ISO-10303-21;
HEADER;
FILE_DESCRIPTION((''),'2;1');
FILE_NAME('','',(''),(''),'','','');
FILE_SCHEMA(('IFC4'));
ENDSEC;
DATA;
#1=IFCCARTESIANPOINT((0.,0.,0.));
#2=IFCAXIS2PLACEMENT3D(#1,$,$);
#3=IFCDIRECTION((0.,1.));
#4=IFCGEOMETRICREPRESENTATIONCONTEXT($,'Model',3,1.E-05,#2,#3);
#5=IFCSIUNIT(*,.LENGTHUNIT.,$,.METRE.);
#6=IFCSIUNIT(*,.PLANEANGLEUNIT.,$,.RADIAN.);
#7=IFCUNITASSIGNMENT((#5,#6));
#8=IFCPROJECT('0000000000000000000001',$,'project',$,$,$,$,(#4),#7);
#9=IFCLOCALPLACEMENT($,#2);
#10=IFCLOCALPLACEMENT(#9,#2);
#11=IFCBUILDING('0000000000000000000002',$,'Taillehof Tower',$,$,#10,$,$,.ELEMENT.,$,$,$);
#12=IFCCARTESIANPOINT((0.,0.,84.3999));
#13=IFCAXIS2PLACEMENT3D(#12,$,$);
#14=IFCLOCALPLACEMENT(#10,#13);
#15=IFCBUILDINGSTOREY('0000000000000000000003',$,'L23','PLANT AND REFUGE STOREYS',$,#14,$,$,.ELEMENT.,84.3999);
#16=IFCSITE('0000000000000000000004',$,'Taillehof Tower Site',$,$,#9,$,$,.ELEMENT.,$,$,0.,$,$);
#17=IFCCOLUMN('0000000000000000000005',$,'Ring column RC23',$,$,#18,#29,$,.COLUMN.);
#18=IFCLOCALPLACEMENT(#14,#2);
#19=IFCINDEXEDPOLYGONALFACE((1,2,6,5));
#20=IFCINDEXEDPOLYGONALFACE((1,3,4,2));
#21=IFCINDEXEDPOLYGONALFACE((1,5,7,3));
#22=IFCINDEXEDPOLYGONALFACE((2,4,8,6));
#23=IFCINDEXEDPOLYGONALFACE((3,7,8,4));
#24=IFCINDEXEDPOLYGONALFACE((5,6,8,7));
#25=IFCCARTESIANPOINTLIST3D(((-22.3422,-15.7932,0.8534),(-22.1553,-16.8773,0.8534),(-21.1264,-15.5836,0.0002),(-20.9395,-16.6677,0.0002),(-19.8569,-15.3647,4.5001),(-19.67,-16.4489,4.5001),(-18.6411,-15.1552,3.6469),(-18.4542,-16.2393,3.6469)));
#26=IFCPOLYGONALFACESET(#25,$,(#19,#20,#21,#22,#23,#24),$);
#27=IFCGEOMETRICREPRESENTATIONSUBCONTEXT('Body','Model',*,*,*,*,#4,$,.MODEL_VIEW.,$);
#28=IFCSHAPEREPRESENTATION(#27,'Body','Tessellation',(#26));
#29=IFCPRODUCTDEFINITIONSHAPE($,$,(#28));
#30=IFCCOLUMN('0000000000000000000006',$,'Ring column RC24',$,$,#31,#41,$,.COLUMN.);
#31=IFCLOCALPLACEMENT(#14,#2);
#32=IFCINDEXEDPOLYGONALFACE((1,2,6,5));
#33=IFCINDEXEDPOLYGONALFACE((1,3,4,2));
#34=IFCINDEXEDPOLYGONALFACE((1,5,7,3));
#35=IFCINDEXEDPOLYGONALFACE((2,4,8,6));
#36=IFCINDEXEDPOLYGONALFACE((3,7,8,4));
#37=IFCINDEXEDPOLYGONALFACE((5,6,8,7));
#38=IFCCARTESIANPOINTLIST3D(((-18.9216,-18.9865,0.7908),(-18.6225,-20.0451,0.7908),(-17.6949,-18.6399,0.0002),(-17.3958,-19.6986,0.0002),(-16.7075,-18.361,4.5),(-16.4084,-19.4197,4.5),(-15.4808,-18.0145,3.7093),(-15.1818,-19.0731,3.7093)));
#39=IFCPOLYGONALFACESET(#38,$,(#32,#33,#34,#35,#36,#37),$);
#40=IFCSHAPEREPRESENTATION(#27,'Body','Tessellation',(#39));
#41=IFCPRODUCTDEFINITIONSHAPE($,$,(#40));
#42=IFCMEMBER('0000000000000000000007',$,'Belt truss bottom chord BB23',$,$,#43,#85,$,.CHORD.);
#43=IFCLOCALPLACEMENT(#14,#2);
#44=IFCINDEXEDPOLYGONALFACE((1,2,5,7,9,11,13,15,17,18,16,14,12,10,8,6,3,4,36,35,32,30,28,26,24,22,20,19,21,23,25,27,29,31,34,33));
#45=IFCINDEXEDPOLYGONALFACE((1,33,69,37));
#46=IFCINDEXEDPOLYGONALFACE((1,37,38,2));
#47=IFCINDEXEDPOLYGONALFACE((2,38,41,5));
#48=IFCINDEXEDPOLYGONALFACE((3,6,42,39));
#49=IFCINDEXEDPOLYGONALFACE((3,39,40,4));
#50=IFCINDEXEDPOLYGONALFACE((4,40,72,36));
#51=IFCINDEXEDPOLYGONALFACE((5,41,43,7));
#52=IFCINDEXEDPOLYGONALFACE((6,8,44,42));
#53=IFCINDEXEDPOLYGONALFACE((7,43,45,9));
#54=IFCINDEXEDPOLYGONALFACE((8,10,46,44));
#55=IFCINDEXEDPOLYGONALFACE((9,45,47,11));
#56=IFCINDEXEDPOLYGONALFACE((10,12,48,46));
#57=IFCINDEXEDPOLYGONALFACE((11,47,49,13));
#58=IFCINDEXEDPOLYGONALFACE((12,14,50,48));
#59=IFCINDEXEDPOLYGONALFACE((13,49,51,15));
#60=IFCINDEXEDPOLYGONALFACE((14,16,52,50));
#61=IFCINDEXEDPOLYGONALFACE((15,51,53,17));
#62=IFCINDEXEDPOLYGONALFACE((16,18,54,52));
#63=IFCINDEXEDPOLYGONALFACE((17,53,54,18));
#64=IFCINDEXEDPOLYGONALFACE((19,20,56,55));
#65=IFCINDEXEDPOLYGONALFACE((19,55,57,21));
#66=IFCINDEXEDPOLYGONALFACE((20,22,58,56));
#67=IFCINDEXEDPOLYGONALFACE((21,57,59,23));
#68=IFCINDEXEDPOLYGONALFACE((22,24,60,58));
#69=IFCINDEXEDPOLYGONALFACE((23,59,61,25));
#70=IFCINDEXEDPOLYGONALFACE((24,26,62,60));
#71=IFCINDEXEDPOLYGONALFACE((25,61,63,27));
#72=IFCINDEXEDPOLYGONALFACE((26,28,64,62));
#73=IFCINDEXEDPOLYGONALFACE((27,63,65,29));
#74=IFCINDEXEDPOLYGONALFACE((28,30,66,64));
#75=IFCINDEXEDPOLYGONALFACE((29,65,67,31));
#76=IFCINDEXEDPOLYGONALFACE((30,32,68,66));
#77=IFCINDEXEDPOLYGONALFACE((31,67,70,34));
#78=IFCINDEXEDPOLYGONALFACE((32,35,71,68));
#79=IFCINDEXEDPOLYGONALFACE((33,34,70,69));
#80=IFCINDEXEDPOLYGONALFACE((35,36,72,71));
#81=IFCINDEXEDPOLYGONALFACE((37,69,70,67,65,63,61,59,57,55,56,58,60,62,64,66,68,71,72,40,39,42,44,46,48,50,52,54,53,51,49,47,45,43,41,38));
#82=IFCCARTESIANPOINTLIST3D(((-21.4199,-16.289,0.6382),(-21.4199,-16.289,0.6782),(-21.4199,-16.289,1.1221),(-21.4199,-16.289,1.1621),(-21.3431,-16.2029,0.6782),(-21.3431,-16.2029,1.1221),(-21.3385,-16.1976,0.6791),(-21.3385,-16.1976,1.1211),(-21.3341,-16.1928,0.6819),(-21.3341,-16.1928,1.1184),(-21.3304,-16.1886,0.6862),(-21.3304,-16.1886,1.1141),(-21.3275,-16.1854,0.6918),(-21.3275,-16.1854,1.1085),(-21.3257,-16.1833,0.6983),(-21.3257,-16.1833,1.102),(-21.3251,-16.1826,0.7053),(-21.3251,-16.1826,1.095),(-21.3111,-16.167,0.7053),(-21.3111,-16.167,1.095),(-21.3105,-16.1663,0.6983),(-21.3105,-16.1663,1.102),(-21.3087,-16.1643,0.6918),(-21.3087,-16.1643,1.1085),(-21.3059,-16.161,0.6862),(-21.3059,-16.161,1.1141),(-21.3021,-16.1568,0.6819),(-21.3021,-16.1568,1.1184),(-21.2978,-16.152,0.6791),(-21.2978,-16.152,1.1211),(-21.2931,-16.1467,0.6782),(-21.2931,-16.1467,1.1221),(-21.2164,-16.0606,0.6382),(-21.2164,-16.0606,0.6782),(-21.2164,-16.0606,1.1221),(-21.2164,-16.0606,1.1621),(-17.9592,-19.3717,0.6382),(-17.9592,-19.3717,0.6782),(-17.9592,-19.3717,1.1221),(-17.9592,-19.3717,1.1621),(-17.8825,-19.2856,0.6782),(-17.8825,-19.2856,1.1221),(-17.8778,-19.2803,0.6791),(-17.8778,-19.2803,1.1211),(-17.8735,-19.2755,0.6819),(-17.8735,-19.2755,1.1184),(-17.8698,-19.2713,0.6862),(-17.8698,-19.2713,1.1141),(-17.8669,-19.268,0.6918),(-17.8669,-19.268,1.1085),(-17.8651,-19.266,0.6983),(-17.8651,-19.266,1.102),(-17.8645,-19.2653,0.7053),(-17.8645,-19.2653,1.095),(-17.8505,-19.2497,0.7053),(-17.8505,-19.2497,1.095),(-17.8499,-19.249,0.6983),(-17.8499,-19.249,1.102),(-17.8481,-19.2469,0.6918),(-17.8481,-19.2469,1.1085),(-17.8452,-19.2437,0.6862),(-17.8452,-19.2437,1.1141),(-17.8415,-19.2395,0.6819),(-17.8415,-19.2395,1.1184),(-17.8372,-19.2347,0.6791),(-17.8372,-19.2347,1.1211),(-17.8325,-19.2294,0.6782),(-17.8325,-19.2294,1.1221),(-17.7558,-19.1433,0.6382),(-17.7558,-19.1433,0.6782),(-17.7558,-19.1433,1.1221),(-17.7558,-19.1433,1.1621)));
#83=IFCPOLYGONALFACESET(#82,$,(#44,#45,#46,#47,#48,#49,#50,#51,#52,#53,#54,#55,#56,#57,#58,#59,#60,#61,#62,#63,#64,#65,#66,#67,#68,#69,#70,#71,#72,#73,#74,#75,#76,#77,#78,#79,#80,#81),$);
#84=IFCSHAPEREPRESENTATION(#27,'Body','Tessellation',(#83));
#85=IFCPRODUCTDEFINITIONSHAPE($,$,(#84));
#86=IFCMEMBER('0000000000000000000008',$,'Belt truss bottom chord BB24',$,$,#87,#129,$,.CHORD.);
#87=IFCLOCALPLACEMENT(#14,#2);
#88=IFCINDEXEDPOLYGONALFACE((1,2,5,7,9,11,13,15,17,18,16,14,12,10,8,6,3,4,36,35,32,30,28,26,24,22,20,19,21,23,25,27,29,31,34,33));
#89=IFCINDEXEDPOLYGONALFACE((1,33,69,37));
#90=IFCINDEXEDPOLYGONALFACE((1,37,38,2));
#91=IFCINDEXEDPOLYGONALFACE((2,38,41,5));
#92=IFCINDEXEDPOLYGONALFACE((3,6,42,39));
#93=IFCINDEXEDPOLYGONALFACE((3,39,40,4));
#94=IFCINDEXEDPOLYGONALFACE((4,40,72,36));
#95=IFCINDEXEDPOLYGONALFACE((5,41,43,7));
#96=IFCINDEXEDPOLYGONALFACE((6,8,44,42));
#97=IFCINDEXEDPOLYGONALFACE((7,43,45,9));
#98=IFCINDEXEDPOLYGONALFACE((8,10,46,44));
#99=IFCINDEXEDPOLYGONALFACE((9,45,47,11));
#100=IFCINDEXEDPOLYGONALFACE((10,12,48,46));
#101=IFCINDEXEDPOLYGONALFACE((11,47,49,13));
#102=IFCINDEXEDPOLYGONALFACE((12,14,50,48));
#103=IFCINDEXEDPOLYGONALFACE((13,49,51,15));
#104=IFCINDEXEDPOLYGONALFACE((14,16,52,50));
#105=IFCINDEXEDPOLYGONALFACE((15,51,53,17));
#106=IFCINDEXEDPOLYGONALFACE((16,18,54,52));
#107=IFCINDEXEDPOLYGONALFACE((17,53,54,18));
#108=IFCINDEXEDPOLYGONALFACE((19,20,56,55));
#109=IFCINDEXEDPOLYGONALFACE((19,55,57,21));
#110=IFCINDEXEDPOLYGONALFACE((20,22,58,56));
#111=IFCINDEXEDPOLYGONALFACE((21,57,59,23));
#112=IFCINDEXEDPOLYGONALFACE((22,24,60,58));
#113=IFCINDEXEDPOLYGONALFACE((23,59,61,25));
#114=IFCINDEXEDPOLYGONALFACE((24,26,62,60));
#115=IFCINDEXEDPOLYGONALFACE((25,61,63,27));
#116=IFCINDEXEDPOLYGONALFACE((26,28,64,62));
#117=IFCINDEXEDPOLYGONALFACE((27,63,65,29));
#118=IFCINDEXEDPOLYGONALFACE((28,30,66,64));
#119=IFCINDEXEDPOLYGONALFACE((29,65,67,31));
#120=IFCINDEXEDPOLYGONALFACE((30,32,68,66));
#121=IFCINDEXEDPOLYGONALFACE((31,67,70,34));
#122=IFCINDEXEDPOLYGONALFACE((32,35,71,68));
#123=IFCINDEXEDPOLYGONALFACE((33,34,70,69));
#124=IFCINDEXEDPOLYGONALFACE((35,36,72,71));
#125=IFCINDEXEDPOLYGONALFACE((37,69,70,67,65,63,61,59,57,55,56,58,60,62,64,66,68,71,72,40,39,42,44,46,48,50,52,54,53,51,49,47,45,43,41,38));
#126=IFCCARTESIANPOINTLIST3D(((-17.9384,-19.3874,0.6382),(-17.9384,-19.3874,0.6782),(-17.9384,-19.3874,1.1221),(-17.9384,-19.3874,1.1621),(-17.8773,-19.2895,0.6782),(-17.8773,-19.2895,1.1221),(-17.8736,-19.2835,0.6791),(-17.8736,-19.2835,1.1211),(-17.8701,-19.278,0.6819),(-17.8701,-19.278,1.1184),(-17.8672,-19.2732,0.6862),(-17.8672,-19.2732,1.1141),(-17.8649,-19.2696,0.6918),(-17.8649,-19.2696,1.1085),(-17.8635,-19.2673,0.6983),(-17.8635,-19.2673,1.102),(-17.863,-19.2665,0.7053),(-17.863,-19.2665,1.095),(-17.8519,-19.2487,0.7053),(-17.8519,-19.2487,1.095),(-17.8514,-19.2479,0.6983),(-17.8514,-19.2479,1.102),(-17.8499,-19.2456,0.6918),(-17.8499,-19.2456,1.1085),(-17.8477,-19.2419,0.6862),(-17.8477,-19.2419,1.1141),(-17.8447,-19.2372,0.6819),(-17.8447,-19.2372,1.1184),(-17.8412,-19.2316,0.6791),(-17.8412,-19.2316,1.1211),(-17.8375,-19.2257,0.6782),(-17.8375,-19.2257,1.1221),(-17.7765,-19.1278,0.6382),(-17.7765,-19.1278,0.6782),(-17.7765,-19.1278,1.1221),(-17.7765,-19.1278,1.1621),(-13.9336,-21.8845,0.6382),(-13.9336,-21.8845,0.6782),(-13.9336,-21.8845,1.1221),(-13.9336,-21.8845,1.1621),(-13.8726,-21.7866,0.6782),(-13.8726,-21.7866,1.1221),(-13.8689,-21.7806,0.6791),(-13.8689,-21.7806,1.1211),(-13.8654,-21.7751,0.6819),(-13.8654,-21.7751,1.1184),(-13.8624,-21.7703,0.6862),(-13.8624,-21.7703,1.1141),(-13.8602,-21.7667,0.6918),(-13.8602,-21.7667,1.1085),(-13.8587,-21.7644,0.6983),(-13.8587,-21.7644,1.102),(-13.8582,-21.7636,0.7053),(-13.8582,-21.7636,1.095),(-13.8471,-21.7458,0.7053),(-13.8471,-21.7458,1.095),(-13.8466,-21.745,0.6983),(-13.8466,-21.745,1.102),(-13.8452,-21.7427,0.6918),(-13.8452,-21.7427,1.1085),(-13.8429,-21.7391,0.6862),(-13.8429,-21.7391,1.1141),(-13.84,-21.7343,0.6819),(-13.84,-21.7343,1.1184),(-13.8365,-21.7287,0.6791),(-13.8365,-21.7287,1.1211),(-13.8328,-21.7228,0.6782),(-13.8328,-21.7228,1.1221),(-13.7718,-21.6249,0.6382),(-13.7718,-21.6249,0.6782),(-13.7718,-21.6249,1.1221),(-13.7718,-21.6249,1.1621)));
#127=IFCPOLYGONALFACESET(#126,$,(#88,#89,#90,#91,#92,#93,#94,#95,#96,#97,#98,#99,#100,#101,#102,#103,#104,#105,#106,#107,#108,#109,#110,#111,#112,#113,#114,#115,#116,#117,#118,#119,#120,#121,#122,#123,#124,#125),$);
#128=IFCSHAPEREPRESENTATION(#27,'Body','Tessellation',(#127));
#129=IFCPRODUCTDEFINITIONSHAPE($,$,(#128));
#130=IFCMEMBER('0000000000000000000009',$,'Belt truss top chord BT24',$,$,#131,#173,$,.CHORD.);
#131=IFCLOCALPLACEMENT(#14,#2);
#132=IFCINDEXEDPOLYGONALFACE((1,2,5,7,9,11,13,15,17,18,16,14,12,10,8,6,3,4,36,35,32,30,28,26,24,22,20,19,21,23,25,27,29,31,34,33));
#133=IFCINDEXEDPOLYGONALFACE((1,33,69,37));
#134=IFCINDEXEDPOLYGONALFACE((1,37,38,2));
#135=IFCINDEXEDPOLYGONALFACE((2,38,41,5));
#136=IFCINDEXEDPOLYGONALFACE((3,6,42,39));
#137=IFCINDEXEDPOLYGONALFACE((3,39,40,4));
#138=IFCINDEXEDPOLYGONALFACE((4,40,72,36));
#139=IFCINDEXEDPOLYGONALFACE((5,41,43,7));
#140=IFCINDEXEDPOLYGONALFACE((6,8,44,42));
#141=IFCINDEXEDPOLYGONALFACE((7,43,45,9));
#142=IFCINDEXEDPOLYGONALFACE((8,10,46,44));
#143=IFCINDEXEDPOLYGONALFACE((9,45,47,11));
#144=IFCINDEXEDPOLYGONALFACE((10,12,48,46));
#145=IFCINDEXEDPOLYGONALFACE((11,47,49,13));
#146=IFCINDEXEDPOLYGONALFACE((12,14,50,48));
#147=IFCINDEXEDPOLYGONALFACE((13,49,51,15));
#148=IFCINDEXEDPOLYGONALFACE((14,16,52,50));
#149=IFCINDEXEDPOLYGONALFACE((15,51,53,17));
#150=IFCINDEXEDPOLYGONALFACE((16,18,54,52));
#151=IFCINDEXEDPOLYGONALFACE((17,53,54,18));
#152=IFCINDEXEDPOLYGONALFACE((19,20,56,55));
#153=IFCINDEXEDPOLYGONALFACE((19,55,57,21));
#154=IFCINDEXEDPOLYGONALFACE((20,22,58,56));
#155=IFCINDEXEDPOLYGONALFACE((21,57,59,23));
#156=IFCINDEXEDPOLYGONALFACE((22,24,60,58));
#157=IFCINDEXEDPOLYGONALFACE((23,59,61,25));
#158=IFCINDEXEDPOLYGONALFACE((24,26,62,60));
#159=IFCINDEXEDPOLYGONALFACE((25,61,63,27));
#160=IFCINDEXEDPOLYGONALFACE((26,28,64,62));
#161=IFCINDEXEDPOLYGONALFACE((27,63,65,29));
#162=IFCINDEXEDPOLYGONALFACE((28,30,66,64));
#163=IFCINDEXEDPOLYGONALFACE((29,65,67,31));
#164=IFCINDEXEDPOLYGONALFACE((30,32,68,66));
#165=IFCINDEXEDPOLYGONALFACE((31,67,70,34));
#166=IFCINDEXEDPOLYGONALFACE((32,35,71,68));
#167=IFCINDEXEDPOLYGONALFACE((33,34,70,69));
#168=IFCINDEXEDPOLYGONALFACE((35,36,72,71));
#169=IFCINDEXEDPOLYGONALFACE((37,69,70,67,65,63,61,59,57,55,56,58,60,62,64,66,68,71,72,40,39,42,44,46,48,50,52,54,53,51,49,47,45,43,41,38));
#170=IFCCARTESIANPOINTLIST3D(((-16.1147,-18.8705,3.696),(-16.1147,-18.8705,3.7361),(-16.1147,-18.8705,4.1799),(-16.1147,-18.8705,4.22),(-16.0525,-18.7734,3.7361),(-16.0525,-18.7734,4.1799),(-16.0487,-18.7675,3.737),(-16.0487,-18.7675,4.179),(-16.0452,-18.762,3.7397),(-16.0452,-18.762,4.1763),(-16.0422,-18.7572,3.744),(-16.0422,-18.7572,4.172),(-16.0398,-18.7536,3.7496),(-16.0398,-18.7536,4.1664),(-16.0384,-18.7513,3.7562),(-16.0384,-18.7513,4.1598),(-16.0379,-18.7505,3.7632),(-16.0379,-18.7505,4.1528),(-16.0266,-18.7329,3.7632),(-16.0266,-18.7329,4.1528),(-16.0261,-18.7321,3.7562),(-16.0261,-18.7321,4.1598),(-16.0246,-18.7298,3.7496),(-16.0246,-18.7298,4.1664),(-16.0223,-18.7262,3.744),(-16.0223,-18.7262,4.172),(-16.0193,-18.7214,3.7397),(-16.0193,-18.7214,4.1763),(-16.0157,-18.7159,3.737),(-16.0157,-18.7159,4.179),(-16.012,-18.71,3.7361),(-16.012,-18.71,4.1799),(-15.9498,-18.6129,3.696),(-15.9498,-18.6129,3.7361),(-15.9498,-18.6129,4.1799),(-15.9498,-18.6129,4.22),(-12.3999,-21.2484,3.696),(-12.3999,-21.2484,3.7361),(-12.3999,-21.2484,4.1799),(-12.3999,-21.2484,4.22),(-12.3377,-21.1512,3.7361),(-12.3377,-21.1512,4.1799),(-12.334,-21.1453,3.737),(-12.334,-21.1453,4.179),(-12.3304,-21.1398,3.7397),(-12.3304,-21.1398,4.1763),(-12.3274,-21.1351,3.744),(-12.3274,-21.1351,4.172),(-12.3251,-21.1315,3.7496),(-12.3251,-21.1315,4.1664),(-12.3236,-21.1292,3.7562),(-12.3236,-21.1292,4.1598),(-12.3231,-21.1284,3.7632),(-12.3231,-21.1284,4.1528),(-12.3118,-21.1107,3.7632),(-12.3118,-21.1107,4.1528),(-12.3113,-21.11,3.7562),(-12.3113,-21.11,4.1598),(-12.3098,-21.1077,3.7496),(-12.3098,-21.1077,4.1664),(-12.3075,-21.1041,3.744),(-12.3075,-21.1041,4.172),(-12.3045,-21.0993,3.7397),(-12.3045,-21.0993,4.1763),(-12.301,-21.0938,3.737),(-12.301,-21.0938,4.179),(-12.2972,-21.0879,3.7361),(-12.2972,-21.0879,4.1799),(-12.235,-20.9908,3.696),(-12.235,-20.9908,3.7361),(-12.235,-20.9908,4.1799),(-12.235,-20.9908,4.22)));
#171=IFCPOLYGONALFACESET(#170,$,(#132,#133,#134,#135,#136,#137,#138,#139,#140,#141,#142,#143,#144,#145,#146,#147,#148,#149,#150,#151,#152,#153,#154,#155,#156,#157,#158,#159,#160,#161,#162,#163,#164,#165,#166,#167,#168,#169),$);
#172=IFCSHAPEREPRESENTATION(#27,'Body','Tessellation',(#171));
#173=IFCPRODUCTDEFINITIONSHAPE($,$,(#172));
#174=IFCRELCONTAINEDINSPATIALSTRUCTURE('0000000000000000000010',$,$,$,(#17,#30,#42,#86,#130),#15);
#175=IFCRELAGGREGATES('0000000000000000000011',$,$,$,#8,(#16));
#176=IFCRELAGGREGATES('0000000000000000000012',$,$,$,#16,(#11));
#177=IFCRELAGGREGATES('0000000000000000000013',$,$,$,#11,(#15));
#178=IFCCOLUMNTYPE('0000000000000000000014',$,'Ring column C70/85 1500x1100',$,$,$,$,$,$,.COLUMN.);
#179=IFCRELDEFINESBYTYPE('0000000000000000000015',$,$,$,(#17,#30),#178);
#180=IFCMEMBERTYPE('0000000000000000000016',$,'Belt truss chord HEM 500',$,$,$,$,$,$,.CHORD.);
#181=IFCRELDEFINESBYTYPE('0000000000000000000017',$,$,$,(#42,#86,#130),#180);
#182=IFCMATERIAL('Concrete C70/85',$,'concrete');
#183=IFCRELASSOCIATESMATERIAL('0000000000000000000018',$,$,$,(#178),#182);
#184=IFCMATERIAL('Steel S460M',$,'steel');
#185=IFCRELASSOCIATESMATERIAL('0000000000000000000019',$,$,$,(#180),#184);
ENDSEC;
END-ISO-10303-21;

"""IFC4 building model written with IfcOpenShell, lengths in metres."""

from ifc_helpers import new_model, si_unit, direction, frame, origin, origin_2d, place, context, subcontext, project, spatial, rectangle, i_section, extrude, material, material_profile, profile_set, type_object, element, save


model = new_model("IFC4")

# Units and contexts
model_context = context("Model", 3, precision=1e-05, world=origin(), true_north=direction((0.0, 1.0)))
body_context = subcontext(model_context, "Body", "Model", "MODEL_VIEW")
ifc_project = project(units=[si_unit("LENGTHUNIT", "METRE"), si_unit("PLANEANGLEUNIT", "RADIAN")], contexts=[model_context])

# Site, building, storey
site_placement = place(None, origin())
site = spatial("IfcSite", under=ifc_project, at=site_placement, Name="Taillehof Tower Site", CompositionType="ELEMENT", RefElevation=0.0)
building_placement = place(site_placement, origin())
building = spatial("IfcBuilding", under=site, at=building_placement, Name="Taillehof Tower", CompositionType="ELEMENT")
storey_placement = place(building_placement, frame((0.0, 0.0, 84.3999)))
storey = spatial("IfcBuildingStorey", under=building, at=storey_placement, Name="L23", Description="PLANT AND REFUGE STOREYS", CompositionType="ELEMENT", Elevation=84.3999)

# Columns
ifc_material_1 = material(Name="Concrete C70/85", Category="concrete")
ifc_material_profile_1 = material_profile(ifc_material_1, rectangle(XDim=1.5, YDim=1.1001, at=origin_2d()), Name="RC 1500x1100")
ifc_profile_set_1 = profile_set([ifc_material_profile_1], Name="Concrete C70/85")
column_type = type_object("IfcColumnType", Name="Ring column C70/85 1500x1100", PredefinedType="COLUMN", material=ifc_profile_set_1)
column_1_placement = place(storey_placement, frame((-21.6409, -16.2305, 0.4268), z_axis=(0.560538, 0.096635, 0.822471), x_axis=(-0.810515, -0.13973, 0.568807)))
element("IfcColumn", 1, at=column_1_placement, inside=storey, type_object=column_type, Name="Ring column RC23", PredefinedType="COLUMN", context=body_context, shape_type="SweptSolid", body=[
    extrude(rectangle(XDim=1.5, YDim=1.1001, at=origin_2d()), origin(), (0.0, 0.0, 1.0), 4.4338),
])
column_2_placement = place(storey_placement, frame((-18.1587, -19.3425, 0.3955), z_axis=(0.50726, 0.143301, 0.849796), x_axis=(-0.817789, -0.231026, 0.527112)))
element("IfcColumn", 2, at=column_2_placement, inside=storey, type_object=column_type, Name="Ring column RC24", PredefinedType="COLUMN", context=body_context, shape_type="SweptSolid", body=[
    extrude(rectangle(XDim=1.5, YDim=1.1001, at=origin_2d()), origin(), (0.0, 0.0, 1.0), 4.3647),
])

# Members
ifc_material_2 = material(Name="Steel S460M", Category="steel")
ifc_material_profile_2 = material_profile(ifc_material_2, i_section(OverallWidth=0.3059, OverallDepth=0.5239, WebThickness=0.021, FlangeThickness=0.04, FilletRadius=0.0271, at=origin_2d()), Name="HEM 500")
ifc_profile_set_2 = profile_set([ifc_material_profile_2], Name="Steel S460M")
member_type_1 = type_object("IfcMemberType", Name="Belt truss chord HEM 500", PredefinedType="CHORD", material=ifc_profile_set_2)
member_1_placement = place(storey_placement, frame((-21.3181, -16.1748, 0.9001), z_axis=(0.746703, -0.665158, 0.0), x_axis=(0.665158, 0.746703, 0.0)))
element("IfcMember", 3, at=member_1_placement, inside=storey, type_object=member_type_1, Name="Belt truss bottom chord BB23", PredefinedType="CHORD", context=body_context, shape_type="SweptSolid", body=[
    extrude(i_section(OverallWidth=0.3059, OverallDepth=0.5239, WebThickness=0.021, FlangeThickness=0.04, FilletRadius=0.0271, at=origin_2d()), origin(), (0.0, 0.0, 1.0), 4.6345),
])
member_2_placement = place(storey_placement, frame((-17.8574, -19.2576, 0.9001), z_axis=(0.848553, -0.52911, 0.0), x_axis=(0.52911, 0.848553, 0.0)))
element("IfcMember", 4, at=member_2_placement, inside=storey, type_object=member_type_1, Name="Belt truss bottom chord BB24", PredefinedType="CHORD", context=body_context, shape_type="SweptSolid", body=[
    extrude(i_section(OverallWidth=0.3059, OverallDepth=0.5239, WebThickness=0.021, FlangeThickness=0.04, FilletRadius=0.0271, at=origin_2d()), origin(), (0.0, 0.0, 1.0), 4.7195),
])
member_3_placement = place(storey_placement, frame((-16.0322, -18.7417, 3.958), z_axis=(0.842227, -0.539123, 0.0), x_axis=(0.539123, 0.842227, 0.0)))
element("IfcMember", 5, at=member_3_placement, inside=storey, type_object=member_type_1, Name="Belt truss top chord BT24", PredefinedType="CHORD", context=body_context, shape_type="SweptSolid", body=[
    extrude(i_section(OverallWidth=0.3059, OverallDepth=0.5239, WebThickness=0.021, FlangeThickness=0.04, FilletRadius=0.0271, at=origin_2d()), origin(), (0.0, 0.0, 1.0), 4.4106),
])

save(model, "model.ifc")
